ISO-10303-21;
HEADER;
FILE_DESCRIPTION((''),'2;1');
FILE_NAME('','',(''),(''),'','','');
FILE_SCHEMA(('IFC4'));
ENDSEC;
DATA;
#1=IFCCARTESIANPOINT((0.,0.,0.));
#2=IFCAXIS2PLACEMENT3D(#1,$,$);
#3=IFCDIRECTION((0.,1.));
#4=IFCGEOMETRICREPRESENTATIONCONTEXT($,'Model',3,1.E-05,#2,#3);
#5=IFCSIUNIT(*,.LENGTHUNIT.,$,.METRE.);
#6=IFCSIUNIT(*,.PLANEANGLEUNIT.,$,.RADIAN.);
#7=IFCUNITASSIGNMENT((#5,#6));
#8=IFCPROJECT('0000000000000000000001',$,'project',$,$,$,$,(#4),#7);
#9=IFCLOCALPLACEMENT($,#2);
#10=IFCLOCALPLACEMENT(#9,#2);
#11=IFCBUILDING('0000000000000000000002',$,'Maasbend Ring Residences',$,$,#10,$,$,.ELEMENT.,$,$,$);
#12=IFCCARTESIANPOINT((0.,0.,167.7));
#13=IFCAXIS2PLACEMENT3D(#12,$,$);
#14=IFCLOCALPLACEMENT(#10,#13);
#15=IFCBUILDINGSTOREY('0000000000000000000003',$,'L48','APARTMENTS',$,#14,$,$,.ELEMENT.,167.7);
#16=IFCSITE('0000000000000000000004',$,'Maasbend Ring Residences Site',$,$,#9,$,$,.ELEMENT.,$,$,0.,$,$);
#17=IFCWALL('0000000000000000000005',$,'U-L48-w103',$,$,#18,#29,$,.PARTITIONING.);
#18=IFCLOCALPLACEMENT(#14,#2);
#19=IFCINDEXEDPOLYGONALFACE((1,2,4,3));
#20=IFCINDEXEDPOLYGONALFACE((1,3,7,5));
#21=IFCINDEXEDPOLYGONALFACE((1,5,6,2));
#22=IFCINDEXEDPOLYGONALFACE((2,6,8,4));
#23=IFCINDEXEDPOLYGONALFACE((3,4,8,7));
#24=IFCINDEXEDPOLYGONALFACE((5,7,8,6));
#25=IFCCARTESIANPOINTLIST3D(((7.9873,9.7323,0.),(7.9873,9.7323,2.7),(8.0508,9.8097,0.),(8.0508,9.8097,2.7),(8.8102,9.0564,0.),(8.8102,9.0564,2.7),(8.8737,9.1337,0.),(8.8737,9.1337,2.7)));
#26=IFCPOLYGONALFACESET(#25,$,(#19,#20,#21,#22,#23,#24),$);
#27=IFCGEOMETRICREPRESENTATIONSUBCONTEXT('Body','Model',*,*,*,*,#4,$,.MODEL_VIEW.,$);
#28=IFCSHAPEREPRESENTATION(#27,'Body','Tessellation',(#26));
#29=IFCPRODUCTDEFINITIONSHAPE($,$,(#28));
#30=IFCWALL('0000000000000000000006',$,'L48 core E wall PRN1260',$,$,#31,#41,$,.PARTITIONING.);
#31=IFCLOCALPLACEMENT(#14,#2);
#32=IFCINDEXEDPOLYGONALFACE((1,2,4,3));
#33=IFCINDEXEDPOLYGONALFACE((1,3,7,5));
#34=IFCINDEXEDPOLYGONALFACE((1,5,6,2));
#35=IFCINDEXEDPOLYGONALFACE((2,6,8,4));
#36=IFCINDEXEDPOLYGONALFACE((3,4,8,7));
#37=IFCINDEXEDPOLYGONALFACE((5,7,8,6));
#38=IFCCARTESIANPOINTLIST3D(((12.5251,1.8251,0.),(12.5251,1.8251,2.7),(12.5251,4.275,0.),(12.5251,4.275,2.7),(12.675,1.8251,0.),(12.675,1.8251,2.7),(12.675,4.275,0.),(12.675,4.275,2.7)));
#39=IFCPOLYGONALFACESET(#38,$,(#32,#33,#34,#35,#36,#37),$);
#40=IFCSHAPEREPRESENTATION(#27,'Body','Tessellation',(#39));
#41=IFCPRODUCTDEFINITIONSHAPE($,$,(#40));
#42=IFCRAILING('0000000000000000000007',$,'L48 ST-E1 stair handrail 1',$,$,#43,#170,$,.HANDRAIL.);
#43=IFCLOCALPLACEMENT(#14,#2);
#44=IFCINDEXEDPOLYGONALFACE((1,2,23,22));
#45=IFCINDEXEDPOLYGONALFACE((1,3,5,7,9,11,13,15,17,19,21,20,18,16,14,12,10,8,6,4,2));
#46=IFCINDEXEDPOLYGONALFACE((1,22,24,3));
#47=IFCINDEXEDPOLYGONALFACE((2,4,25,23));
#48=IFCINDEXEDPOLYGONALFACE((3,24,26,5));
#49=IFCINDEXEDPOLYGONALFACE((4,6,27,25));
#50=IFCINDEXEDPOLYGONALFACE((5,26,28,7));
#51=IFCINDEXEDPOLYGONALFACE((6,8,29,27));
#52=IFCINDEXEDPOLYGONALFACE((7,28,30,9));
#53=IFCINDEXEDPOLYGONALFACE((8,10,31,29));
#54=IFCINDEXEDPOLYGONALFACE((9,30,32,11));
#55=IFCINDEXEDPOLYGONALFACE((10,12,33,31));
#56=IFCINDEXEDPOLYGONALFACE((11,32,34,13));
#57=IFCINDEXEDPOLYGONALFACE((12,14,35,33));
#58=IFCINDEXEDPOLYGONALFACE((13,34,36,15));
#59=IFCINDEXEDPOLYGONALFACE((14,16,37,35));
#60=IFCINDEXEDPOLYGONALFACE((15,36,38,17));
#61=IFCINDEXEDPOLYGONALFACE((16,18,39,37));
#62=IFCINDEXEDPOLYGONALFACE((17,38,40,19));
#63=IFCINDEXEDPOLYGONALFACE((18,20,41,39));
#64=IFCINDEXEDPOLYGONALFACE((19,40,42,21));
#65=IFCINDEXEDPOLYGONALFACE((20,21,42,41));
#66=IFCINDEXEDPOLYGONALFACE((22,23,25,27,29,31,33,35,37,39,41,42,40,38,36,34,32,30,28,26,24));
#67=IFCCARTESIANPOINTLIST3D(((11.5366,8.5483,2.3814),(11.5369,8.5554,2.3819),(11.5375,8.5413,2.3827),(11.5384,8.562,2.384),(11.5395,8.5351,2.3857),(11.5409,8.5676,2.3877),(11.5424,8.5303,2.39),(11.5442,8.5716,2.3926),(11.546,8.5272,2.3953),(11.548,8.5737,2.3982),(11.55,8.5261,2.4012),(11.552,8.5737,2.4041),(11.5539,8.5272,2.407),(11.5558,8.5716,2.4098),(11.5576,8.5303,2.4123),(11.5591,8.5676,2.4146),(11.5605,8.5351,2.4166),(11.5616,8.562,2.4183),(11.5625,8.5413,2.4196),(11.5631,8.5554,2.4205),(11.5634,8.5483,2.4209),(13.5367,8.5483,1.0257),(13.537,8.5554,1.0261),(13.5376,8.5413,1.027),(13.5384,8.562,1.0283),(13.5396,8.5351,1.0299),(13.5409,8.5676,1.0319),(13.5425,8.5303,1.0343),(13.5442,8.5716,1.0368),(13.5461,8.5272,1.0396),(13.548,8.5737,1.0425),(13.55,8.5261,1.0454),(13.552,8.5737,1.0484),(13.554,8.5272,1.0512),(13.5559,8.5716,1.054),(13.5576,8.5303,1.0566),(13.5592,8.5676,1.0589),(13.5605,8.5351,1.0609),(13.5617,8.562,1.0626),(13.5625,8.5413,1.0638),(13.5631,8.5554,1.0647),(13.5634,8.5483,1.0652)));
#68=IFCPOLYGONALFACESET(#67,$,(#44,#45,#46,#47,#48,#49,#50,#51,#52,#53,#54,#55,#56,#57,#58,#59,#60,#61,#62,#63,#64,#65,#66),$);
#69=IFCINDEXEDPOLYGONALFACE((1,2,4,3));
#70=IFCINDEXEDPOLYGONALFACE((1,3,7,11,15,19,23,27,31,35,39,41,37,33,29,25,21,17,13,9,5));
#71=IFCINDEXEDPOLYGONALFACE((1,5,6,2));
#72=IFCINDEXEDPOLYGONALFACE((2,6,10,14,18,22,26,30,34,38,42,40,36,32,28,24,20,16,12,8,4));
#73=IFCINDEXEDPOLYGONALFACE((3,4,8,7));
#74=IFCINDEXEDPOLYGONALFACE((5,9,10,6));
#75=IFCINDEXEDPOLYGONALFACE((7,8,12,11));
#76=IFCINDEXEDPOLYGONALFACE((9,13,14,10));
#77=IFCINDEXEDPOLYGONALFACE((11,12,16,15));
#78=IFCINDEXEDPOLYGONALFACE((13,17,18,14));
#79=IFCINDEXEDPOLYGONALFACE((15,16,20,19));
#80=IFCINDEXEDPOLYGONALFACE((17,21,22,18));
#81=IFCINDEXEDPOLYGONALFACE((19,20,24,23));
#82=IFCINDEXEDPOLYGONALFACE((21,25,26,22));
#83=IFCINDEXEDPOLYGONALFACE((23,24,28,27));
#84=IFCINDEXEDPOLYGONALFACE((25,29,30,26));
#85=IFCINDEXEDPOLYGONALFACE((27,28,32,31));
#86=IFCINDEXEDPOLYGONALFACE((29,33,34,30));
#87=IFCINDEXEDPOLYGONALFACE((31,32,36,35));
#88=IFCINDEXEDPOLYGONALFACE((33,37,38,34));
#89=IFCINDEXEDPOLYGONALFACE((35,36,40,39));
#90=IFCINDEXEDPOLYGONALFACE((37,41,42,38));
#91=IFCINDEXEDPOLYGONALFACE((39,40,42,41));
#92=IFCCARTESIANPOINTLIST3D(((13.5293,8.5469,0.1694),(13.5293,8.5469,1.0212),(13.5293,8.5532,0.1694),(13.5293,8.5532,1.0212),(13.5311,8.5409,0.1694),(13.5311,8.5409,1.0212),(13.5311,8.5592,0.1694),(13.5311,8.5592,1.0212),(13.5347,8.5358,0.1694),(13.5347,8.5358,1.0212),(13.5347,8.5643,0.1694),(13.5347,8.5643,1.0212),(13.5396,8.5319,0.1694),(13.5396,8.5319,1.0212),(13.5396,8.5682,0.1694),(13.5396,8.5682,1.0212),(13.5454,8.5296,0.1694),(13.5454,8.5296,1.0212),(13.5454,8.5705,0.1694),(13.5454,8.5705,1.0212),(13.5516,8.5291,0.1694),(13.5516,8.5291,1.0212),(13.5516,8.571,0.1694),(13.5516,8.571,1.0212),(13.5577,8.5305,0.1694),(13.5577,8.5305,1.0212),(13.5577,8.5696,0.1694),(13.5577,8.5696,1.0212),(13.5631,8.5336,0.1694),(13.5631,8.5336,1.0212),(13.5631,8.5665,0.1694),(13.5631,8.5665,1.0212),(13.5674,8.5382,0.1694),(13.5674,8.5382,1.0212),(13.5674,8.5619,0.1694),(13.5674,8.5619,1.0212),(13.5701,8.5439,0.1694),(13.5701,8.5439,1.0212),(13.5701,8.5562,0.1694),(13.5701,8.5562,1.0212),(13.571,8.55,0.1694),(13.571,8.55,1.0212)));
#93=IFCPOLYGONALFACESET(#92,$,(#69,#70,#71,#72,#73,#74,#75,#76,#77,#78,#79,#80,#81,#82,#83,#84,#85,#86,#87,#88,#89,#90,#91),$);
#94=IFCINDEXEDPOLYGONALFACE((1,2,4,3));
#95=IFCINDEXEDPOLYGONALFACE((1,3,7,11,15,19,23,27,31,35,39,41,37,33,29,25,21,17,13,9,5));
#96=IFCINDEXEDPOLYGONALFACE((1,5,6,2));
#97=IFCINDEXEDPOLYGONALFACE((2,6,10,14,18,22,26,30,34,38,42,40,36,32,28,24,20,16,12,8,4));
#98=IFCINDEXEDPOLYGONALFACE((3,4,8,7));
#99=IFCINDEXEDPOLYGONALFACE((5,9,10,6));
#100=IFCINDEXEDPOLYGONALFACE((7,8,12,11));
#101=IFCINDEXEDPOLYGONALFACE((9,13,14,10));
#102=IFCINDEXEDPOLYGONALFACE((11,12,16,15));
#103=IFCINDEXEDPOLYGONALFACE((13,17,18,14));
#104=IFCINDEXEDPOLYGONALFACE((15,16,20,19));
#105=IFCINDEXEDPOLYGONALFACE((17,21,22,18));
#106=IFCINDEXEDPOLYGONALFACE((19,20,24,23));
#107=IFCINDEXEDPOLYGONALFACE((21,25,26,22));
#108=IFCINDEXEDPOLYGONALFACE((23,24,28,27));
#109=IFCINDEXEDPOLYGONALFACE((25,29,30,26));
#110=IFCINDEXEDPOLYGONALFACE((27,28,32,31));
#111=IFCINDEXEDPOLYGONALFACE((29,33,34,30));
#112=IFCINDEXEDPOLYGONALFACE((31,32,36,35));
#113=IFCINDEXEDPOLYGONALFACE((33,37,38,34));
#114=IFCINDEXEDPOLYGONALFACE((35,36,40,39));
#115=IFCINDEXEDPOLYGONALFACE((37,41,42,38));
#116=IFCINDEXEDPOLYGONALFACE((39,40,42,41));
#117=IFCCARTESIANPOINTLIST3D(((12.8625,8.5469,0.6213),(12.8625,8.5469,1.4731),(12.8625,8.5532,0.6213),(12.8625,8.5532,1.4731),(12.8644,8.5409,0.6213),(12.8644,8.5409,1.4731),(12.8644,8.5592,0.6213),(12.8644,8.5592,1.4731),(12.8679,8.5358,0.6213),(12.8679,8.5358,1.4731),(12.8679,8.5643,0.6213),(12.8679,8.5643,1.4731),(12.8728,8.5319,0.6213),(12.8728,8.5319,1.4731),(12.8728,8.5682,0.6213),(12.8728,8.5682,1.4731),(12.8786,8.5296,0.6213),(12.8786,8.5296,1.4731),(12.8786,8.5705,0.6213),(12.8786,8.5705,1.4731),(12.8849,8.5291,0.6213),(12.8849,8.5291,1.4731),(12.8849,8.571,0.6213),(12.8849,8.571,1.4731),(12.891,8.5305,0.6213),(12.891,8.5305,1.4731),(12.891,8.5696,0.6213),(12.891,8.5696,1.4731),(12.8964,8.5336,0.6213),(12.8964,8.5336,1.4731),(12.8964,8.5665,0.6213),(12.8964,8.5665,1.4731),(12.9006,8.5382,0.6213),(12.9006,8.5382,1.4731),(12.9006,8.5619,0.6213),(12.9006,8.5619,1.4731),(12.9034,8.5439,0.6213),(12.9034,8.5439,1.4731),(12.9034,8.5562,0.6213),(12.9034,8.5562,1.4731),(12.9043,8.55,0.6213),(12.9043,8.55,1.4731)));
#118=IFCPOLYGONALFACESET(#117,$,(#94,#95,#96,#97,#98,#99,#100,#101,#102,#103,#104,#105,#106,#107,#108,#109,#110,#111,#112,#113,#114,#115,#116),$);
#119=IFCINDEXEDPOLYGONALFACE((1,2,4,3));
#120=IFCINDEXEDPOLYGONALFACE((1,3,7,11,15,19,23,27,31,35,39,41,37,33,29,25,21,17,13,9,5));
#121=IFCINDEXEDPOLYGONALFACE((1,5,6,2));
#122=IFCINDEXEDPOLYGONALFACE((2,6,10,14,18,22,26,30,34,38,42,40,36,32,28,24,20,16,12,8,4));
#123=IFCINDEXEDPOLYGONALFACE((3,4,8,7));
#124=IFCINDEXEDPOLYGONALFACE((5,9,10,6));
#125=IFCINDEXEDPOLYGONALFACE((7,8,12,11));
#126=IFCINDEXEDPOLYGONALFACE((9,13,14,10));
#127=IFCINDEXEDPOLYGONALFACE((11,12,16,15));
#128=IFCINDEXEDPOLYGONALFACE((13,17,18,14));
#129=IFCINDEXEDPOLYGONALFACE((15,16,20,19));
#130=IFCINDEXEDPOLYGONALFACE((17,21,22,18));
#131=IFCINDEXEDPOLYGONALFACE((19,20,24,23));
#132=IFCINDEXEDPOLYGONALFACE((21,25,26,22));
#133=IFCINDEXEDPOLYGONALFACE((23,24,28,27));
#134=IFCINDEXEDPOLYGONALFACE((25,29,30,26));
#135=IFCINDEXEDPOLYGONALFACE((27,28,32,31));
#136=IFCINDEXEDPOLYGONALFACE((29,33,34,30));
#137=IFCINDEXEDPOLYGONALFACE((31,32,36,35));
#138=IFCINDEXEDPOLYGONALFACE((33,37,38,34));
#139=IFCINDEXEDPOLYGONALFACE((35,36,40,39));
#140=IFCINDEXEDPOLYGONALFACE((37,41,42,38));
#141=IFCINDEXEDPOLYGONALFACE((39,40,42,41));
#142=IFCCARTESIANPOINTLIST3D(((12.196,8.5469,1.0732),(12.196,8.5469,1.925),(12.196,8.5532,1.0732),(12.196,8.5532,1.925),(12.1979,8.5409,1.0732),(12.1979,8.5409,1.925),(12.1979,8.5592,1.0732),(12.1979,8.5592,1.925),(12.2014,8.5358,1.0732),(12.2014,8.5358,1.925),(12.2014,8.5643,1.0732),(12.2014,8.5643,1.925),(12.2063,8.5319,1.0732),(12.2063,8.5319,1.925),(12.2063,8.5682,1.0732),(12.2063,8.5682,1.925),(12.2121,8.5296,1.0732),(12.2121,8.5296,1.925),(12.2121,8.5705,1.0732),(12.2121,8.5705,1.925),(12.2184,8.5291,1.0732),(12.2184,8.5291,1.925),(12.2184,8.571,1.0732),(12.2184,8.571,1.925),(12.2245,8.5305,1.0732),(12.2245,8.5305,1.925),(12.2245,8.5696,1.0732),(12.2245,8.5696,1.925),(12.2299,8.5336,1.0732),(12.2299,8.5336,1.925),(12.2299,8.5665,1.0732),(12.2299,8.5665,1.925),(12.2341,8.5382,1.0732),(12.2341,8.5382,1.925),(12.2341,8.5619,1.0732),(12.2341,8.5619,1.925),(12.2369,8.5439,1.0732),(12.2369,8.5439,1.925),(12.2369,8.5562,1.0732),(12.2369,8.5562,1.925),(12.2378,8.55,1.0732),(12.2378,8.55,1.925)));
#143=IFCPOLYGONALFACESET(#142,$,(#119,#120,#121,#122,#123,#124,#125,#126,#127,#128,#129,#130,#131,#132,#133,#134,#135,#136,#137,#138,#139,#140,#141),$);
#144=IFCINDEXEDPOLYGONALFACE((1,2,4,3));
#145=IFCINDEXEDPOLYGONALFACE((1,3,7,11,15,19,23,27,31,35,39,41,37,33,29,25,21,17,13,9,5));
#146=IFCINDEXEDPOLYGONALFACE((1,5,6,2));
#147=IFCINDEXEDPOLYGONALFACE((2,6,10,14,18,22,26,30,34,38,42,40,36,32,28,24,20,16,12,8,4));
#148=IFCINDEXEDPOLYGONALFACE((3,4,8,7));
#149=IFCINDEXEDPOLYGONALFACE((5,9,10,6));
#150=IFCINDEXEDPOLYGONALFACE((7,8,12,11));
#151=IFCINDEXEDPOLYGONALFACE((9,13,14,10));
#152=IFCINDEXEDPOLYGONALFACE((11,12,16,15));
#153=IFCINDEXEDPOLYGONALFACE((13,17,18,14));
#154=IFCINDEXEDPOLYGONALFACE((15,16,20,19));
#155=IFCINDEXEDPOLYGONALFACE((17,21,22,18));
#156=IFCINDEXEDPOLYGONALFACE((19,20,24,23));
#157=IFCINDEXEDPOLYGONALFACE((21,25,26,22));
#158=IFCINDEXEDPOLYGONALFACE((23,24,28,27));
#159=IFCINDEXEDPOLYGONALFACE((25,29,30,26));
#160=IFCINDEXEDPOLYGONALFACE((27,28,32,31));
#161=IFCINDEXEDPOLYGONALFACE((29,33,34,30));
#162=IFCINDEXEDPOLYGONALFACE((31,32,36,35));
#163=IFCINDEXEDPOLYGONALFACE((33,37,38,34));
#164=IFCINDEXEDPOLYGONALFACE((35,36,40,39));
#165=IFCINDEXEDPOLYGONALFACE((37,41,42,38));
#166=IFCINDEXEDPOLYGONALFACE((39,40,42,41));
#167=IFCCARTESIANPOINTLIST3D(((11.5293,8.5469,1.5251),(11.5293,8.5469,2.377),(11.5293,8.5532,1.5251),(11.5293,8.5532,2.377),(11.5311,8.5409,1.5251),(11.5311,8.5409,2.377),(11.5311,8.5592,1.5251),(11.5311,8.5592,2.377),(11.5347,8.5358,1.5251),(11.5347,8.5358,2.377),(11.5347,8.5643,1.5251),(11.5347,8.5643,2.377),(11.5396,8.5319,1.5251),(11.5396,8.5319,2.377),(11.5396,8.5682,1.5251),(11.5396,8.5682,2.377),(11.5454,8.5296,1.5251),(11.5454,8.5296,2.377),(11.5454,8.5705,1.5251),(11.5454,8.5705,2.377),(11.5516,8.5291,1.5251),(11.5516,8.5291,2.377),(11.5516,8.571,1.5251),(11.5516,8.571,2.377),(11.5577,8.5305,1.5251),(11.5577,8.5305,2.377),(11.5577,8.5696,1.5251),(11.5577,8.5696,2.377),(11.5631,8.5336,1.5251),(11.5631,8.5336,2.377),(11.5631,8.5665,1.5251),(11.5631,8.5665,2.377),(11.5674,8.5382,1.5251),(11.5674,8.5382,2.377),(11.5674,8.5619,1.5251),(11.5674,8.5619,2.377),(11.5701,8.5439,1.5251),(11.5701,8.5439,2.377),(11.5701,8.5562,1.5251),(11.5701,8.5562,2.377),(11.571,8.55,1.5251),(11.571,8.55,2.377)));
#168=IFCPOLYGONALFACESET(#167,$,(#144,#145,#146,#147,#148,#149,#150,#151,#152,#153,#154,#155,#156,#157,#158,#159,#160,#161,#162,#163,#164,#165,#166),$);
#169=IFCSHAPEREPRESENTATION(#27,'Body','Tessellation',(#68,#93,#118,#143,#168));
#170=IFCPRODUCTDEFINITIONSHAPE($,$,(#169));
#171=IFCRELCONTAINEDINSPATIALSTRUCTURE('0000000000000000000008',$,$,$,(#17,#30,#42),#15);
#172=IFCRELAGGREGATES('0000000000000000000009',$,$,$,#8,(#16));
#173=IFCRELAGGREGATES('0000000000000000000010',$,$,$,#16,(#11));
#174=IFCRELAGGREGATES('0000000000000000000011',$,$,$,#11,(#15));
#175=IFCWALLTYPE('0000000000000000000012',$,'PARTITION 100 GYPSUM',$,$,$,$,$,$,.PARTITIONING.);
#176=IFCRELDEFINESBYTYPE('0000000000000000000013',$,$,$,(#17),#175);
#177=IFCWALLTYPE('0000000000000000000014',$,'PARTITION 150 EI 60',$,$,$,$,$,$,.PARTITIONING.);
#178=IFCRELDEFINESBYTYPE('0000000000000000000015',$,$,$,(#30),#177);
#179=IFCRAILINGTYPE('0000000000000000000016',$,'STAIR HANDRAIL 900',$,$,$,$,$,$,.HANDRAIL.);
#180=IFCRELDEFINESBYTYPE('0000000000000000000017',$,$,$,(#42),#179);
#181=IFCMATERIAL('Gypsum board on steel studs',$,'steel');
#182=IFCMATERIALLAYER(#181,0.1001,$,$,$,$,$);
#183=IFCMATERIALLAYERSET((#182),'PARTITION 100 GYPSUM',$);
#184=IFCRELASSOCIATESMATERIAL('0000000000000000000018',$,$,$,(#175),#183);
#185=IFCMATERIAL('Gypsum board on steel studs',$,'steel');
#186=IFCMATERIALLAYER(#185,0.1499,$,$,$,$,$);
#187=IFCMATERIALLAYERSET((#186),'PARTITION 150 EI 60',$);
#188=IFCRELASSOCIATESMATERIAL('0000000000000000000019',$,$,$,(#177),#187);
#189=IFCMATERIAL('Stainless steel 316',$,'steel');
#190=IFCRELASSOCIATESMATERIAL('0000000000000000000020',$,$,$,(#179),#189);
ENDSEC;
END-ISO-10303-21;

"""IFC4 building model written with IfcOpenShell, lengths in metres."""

from ifc_helpers import new_model, si_unit, direction, frame, frame_2d, origin, origin_2d, place, context, subcontext, project, spatial, rectangle, circle, extrude, material, layer, layer_set, type_object, element, save


model = new_model("IFC4")

# Units and contexts
model_context = context("Model", 3, precision=1e-05, world=origin(), true_north=direction((0.0, 1.0)))
body_context = subcontext(model_context, "Body", "Model", "MODEL_VIEW")
ifc_project = project(units=[si_unit("LENGTHUNIT", "METRE"), si_unit("PLANEANGLEUNIT", "RADIAN")], contexts=[model_context])

# Site, building, storey
site_placement = place(None, origin())
site = spatial("IfcSite", under=ifc_project, at=site_placement, Name="Maasbend Ring Residences Site", CompositionType="ELEMENT", RefElevation=0.0)
building_placement = place(site_placement, origin())
building = spatial("IfcBuilding", under=site, at=building_placement, Name="Maasbend Ring Residences", CompositionType="ELEMENT")
storey_placement = place(building_placement, frame((0.0, 0.0, 167.7)))
storey = spatial("IfcBuildingStorey", under=building, at=storey_placement, Name="L48", Description="APARTMENTS", CompositionType="ELEMENT", Elevation=167.7)

# Shared definitions
ifc_material_1 = material(Name="Gypsum board on steel studs", Category="steel")
ifc_layer_1 = layer(ifc_material_1, 0.1001)
ifc_layer_set_1 = layer_set([ifc_layer_1], Name="PARTITION 100 GYPSUM")
wall_type_1 = type_object("IfcWallType", Name="PARTITION 100 GYPSUM", PredefinedType="PARTITIONING", material=ifc_layer_set_1)

# Walls
wall_1_placement = place(storey_placement, frame((8.019, 9.771, 0.0), z_axis=(0.0, 0.0, 1.0), x_axis=(0.77273, -0.634735, 0.0)))
element("IfcWall", 1, at=wall_1_placement, inside=storey, type_object=wall_type_1, Name="U-L48-w103", PredefinedType="PARTITIONING", context=body_context, shape_type="SweptSolid", body=[
    extrude(rectangle(XDim=1.0649, YDim=0.1001, at=frame_2d((0.5325, 0.0))), origin(), (0.0, 0.0, 1.0), 2.7),
])
ifc_material_2 = material(Name="Gypsum board on steel studs", Category="steel")
ifc_layer_2 = layer(ifc_material_2, 0.1499)
ifc_layer_set_2 = layer_set([ifc_layer_2], Name="PARTITION 150 EI 60")
wall_type_2 = type_object("IfcWallType", Name="PARTITION 150 EI 60", PredefinedType="PARTITIONING", material=ifc_layer_set_2)
wall_2_placement = place(storey_placement, frame((12.6001, 1.825, 0.0), z_axis=(0.0, 0.0, 1.0), x_axis=(0.0, 1.0, 0.0)))
element("IfcWall", 2, at=wall_2_placement, inside=storey, type_object=wall_type_2, Name="L48 core E wall PRN1260", PredefinedType="PARTITIONING", context=body_context, shape_type="SweptSolid", body=[
    extrude(rectangle(XDim=2.45, YDim=0.1499, at=frame_2d((1.2251, 0.0))), origin(), (0.0, 0.0, 1.0), 2.7),
])

# Railing
ifc_material_3 = material(Name="Stainless steel 316", Category="steel")
railing_type_1 = type_object("IfcRailingType", Name="STAIR HANDRAIL 900", PredefinedType="HANDRAIL", material=ifc_material_3)
railing_1_placement = place(storey_placement, frame((13.55, 8.55, 0.1694)))
element("IfcRailing", 3, at=railing_1_placement, inside=storey, type_object=railing_type_1, Name="L48 ST-E1 stair handrail 1", PredefinedType="HANDRAIL", context=body_context, shape_type="SweptSolid", body=[
    extrude(circle(Radius=0.0239, at=origin_2d()), frame((0.0, 0.0, 0.876), z_axis=(-0.827751, 0.0, 0.561096), x_axis=(0.0, -1.0, 0.0)), (0.0, 0.0, 1.0), 2.4163),
    extrude(circle(Radius=0.021, at=origin_2d()), origin(), (0.0, 0.0, 1.0), 0.8518),
    extrude(circle(Radius=0.021, at=origin_2d()), frame((-0.6667, 0.0, 0.4519)), (0.0, 0.0, 1.0), 0.8518),
    extrude(circle(Radius=0.021, at=origin_2d()), frame((-1.3333, 0.0, 0.9038)), (0.0, 0.0, 1.0), 0.8518),
    extrude(circle(Radius=0.021, at=origin_2d()), frame((-2.0, 0.0, 1.3557)), (0.0, 0.0, 1.0), 0.8518),
])

save(model, "model.ifc")
